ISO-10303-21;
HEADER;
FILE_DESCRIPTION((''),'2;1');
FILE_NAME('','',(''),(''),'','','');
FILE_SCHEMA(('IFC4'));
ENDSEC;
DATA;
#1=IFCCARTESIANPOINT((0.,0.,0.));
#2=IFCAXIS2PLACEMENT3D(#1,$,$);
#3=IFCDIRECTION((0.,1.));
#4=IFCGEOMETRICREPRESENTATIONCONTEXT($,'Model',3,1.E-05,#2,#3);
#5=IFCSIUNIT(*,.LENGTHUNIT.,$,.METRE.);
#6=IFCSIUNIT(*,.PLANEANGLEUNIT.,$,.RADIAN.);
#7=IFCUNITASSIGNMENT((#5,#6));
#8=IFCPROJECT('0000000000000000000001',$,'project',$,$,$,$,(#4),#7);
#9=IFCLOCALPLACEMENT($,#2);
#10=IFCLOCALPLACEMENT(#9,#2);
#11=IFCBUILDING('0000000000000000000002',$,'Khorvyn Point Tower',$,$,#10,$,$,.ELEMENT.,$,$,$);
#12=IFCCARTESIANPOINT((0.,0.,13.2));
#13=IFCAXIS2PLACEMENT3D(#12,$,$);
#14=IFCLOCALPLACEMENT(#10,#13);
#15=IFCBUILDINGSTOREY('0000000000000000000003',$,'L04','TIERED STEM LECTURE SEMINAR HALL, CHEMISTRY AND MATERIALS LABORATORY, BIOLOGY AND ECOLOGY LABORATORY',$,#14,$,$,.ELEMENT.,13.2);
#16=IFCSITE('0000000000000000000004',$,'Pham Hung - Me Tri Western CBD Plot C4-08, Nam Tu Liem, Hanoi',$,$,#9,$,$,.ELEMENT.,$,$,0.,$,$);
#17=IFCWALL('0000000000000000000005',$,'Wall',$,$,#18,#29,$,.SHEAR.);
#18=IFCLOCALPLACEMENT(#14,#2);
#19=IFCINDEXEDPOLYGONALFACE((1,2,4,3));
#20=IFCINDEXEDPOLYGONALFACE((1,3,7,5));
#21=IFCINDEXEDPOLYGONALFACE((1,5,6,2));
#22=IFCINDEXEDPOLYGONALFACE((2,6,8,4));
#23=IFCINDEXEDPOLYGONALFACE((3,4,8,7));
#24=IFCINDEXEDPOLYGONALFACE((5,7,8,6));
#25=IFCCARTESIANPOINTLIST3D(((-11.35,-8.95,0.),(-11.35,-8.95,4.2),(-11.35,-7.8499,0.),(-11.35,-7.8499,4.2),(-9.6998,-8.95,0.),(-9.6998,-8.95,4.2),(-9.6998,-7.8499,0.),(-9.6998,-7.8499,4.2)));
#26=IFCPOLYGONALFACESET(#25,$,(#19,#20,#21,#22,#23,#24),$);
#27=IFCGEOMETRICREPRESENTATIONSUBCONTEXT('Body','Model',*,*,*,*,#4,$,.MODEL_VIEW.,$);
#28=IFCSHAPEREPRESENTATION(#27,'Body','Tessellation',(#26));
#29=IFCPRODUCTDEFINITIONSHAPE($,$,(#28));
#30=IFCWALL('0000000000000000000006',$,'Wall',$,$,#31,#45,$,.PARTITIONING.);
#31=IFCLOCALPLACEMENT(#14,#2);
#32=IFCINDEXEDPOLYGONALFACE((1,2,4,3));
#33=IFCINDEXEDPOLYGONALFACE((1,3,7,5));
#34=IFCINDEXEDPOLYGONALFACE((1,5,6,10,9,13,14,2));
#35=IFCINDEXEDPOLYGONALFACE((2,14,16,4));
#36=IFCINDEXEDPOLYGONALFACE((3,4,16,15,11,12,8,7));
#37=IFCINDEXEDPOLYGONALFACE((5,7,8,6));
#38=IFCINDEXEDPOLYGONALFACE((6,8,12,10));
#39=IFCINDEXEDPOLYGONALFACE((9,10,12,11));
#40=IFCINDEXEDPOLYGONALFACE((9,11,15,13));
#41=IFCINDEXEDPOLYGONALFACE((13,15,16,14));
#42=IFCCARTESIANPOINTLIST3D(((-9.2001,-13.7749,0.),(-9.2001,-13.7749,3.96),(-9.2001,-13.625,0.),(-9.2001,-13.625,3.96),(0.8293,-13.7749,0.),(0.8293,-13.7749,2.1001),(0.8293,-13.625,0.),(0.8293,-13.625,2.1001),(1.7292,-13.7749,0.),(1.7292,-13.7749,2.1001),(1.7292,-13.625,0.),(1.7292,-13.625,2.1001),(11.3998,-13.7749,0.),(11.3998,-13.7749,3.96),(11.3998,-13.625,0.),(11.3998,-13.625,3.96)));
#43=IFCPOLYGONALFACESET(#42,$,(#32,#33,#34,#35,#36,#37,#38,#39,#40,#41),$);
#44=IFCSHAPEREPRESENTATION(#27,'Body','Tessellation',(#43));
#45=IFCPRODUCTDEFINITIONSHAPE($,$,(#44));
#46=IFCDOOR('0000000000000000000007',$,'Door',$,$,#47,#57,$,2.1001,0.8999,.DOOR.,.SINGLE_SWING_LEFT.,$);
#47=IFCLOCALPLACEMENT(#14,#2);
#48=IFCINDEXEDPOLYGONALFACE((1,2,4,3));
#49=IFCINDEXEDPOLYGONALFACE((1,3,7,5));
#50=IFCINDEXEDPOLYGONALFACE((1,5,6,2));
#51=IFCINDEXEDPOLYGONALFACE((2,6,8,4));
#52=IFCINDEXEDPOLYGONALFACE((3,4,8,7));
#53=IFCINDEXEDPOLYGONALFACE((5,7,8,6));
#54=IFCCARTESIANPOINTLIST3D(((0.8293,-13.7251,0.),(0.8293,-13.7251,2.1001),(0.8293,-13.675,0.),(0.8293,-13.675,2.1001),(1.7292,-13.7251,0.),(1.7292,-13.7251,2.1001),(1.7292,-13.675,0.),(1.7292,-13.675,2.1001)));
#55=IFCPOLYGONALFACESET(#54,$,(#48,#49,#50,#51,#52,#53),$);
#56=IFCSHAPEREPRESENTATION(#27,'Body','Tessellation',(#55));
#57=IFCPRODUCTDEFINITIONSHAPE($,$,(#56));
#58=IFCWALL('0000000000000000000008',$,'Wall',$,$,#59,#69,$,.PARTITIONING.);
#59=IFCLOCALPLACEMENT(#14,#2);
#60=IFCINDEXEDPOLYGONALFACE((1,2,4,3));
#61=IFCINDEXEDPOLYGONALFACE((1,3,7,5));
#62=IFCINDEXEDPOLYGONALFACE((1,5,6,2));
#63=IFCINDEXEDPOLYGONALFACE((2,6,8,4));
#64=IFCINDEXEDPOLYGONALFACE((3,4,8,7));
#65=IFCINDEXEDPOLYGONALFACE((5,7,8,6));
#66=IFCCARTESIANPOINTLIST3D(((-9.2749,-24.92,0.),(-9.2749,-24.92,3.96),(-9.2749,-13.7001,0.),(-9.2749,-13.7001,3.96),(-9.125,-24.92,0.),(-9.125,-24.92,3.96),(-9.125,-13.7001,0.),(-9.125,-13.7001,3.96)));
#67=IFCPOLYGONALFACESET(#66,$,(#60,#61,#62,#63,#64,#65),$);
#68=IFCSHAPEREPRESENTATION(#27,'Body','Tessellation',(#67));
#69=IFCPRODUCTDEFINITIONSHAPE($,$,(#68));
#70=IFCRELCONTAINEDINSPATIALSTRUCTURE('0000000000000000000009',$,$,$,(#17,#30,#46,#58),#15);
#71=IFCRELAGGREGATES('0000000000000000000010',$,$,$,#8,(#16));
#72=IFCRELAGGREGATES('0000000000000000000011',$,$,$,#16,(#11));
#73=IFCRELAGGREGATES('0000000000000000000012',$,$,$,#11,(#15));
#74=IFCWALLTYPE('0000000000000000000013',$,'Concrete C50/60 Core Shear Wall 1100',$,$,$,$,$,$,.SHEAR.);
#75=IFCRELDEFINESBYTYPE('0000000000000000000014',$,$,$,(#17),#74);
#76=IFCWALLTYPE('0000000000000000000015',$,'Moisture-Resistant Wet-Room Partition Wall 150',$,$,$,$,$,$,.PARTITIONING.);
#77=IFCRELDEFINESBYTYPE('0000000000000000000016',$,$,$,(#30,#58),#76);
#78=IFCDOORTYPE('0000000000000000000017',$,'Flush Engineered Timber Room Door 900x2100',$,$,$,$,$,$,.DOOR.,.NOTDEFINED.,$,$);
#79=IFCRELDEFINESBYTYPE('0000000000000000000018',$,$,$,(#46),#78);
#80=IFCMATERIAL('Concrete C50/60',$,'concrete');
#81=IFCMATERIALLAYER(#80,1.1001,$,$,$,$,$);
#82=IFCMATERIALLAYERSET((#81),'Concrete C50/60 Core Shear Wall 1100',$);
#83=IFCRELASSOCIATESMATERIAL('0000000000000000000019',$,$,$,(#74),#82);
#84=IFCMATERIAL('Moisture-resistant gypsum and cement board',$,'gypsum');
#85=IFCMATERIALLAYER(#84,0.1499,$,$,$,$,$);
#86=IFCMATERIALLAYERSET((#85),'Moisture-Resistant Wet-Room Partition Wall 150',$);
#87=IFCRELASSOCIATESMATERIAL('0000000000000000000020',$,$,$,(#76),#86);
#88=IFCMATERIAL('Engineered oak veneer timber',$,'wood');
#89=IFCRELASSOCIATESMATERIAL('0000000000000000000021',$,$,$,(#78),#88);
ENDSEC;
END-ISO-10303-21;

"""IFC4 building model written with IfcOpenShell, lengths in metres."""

from ifc_helpers import new_model, si_unit, direction, frame, frame_2d, origin, place, context, subcontext, project, spatial, rectangle, extrude, material, layer, layer_set, type_object, element, fill, save


model = new_model("IFC4")

# Units and contexts
model_context = context("Model", 3, precision=1e-05, world=origin(), true_north=direction((0.0, 1.0)))
body_context = subcontext(model_context, "Body", "Model", "MODEL_VIEW")
ifc_project = project(units=[si_unit("LENGTHUNIT", "METRE"), si_unit("PLANEANGLEUNIT", "RADIAN")], contexts=[model_context])

# Site, building, storey
site_placement = place(None, origin())
site = spatial("IfcSite", under=ifc_project, at=site_placement, Name="Pham Hung - Me Tri Western CBD Plot C4-08, Nam Tu Liem, Hanoi", CompositionType="ELEMENT", RefElevation=0.0)
building_placement = place(site_placement, origin())
building = spatial("IfcBuilding", under=site, at=building_placement, Name="Khorvyn Point Tower", CompositionType="ELEMENT")
storey_placement = place(building_placement, frame((0.0, 0.0, 13.2)))
storey = spatial("IfcBuildingStorey", under=building, at=storey_placement, Name="L04", Description="TIERED STEM LECTURE SEMINAR HALL, CHEMISTRY AND MATERIALS LABORATORY, BIOLOGY AND ECOLOGY LABORATORY", CompositionType="ELEMENT", Elevation=13.2)

# Shared definitions
ifc_material_1 = material(Name="Concrete C50/60", Category="concrete")

# Wall
ifc_layer_1 = layer(ifc_material_1, 1.1001)
ifc_layer_set_1 = layer_set([ifc_layer_1], Name="Concrete C50/60 Core Shear Wall 1100")
wall_type_1 = type_object("IfcWallType", Name="Concrete C50/60 Core Shear Wall 1100", PredefinedType="SHEAR", material=ifc_layer_set_1)
wall_1_placement = place(storey_placement, frame((-11.3501, -8.3999, 0.0), z_axis=(0.0, 0.0, 1.0), x_axis=(1.0, 0.0, 0.0)))
element("IfcWall", 1, at=wall_1_placement, inside=storey, type_object=wall_type_1, Name="Wall", PredefinedType="SHEAR", context=body_context, shape_type="SweptSolid", body=[
    extrude(rectangle(XDim=1.6501, YDim=1.1001, at=frame_2d((0.8252, 0.0))), origin(), (0.0, 0.0, 1.0), 4.2),
])

# Wall, opening, door
ifc_material_2 = material(Name="Moisture-resistant gypsum and cement board", Category="gypsum")
ifc_layer_2 = layer(ifc_material_2, 0.1499)
ifc_layer_set_2 = layer_set([ifc_layer_2], Name="Moisture-Resistant Wet-Room Partition Wall 150")
wall_type_2 = type_object("IfcWallType", Name="Moisture-Resistant Wet-Room Partition Wall 150", PredefinedType="PARTITIONING", material=ifc_layer_set_2)
wall_2_placement = place(storey_placement, frame((-9.2, -13.7, 0.0), z_axis=(0.0, 0.0, 1.0), x_axis=(1.0, 0.0, 0.0)))
wall_2 = element("IfcWall", 2, at=wall_2_placement, inside=storey, type_object=wall_type_2, Name="Wall", PredefinedType="PARTITIONING", context=body_context, shape_type="SweptSolid", body=[
    extrude(rectangle(XDim=20.5999, YDim=0.1499, at=frame_2d((10.2998, 0.0))), origin(), (0.0, 0.0, 1.0), 3.96),
])
opening_1_placement = place(wall_2_placement, frame((10.0293, 0.0, 0.0)))
opening_1 = element("IfcOpeningElement", 3, at=opening_1_placement, cuts=wall_2, PredefinedType="OPENING", context=body_context, shape_type="SweptSolid", body=[
    extrude(rectangle(XDim=0.8999, YDim=2.1001, at=frame_2d((0.45, 1.05))), frame((0.0, 0.085, 0.0), z_axis=(0.0, -1.0, 0.0), x_axis=(1.0, 0.0, 0.0)), (0.0, 0.0, 1.0), 0.1699),
])
ifc_material_3 = material(Name="Engineered oak veneer timber", Category="wood")
door_type_1 = type_object("IfcDoorType", Name="Flush Engineered Timber Room Door 900x2100", OperationType="NOTDEFINED", PredefinedType="DOOR", material=ifc_material_3)
door_1_placement = place(opening_1_placement, origin())
door_1 = element("IfcDoor", 4, at=door_1_placement, inside=storey, type_object=door_type_1, Name="Door", OperationType="SINGLE_SWING_LEFT", OverallHeight=2.1001, OverallWidth=0.8999, PredefinedType="DOOR", context=body_context, shape_type="SweptSolid", body=[
    extrude(rectangle(XDim=0.8999, YDim=2.1001, at=frame_2d((0.45, 1.05))), frame((0.0, 0.0249, 0.0), z_axis=(0.0, -1.0, 0.0), x_axis=(1.0, 0.0, 0.0)), (0.0, 0.0, 1.0), 0.05),
])
fill(opening_1, door_1)

# Wall
wall_3_placement = place(storey_placement, frame((-9.2, -24.9199, 0.0), z_axis=(0.0, 0.0, 1.0), x_axis=(0.0, 1.0, 0.0)))
element("IfcWall", 5, at=wall_3_placement, inside=storey, type_object=wall_type_2, Name="Wall", PredefinedType="PARTITIONING", context=body_context, shape_type="SweptSolid", body=[
    extrude(rectangle(XDim=11.22, YDim=0.1499, at=frame_2d((5.6099, 0.0))), origin(), (0.0, 0.0, 1.0), 3.96),
])

save(model, "model.ifc")
